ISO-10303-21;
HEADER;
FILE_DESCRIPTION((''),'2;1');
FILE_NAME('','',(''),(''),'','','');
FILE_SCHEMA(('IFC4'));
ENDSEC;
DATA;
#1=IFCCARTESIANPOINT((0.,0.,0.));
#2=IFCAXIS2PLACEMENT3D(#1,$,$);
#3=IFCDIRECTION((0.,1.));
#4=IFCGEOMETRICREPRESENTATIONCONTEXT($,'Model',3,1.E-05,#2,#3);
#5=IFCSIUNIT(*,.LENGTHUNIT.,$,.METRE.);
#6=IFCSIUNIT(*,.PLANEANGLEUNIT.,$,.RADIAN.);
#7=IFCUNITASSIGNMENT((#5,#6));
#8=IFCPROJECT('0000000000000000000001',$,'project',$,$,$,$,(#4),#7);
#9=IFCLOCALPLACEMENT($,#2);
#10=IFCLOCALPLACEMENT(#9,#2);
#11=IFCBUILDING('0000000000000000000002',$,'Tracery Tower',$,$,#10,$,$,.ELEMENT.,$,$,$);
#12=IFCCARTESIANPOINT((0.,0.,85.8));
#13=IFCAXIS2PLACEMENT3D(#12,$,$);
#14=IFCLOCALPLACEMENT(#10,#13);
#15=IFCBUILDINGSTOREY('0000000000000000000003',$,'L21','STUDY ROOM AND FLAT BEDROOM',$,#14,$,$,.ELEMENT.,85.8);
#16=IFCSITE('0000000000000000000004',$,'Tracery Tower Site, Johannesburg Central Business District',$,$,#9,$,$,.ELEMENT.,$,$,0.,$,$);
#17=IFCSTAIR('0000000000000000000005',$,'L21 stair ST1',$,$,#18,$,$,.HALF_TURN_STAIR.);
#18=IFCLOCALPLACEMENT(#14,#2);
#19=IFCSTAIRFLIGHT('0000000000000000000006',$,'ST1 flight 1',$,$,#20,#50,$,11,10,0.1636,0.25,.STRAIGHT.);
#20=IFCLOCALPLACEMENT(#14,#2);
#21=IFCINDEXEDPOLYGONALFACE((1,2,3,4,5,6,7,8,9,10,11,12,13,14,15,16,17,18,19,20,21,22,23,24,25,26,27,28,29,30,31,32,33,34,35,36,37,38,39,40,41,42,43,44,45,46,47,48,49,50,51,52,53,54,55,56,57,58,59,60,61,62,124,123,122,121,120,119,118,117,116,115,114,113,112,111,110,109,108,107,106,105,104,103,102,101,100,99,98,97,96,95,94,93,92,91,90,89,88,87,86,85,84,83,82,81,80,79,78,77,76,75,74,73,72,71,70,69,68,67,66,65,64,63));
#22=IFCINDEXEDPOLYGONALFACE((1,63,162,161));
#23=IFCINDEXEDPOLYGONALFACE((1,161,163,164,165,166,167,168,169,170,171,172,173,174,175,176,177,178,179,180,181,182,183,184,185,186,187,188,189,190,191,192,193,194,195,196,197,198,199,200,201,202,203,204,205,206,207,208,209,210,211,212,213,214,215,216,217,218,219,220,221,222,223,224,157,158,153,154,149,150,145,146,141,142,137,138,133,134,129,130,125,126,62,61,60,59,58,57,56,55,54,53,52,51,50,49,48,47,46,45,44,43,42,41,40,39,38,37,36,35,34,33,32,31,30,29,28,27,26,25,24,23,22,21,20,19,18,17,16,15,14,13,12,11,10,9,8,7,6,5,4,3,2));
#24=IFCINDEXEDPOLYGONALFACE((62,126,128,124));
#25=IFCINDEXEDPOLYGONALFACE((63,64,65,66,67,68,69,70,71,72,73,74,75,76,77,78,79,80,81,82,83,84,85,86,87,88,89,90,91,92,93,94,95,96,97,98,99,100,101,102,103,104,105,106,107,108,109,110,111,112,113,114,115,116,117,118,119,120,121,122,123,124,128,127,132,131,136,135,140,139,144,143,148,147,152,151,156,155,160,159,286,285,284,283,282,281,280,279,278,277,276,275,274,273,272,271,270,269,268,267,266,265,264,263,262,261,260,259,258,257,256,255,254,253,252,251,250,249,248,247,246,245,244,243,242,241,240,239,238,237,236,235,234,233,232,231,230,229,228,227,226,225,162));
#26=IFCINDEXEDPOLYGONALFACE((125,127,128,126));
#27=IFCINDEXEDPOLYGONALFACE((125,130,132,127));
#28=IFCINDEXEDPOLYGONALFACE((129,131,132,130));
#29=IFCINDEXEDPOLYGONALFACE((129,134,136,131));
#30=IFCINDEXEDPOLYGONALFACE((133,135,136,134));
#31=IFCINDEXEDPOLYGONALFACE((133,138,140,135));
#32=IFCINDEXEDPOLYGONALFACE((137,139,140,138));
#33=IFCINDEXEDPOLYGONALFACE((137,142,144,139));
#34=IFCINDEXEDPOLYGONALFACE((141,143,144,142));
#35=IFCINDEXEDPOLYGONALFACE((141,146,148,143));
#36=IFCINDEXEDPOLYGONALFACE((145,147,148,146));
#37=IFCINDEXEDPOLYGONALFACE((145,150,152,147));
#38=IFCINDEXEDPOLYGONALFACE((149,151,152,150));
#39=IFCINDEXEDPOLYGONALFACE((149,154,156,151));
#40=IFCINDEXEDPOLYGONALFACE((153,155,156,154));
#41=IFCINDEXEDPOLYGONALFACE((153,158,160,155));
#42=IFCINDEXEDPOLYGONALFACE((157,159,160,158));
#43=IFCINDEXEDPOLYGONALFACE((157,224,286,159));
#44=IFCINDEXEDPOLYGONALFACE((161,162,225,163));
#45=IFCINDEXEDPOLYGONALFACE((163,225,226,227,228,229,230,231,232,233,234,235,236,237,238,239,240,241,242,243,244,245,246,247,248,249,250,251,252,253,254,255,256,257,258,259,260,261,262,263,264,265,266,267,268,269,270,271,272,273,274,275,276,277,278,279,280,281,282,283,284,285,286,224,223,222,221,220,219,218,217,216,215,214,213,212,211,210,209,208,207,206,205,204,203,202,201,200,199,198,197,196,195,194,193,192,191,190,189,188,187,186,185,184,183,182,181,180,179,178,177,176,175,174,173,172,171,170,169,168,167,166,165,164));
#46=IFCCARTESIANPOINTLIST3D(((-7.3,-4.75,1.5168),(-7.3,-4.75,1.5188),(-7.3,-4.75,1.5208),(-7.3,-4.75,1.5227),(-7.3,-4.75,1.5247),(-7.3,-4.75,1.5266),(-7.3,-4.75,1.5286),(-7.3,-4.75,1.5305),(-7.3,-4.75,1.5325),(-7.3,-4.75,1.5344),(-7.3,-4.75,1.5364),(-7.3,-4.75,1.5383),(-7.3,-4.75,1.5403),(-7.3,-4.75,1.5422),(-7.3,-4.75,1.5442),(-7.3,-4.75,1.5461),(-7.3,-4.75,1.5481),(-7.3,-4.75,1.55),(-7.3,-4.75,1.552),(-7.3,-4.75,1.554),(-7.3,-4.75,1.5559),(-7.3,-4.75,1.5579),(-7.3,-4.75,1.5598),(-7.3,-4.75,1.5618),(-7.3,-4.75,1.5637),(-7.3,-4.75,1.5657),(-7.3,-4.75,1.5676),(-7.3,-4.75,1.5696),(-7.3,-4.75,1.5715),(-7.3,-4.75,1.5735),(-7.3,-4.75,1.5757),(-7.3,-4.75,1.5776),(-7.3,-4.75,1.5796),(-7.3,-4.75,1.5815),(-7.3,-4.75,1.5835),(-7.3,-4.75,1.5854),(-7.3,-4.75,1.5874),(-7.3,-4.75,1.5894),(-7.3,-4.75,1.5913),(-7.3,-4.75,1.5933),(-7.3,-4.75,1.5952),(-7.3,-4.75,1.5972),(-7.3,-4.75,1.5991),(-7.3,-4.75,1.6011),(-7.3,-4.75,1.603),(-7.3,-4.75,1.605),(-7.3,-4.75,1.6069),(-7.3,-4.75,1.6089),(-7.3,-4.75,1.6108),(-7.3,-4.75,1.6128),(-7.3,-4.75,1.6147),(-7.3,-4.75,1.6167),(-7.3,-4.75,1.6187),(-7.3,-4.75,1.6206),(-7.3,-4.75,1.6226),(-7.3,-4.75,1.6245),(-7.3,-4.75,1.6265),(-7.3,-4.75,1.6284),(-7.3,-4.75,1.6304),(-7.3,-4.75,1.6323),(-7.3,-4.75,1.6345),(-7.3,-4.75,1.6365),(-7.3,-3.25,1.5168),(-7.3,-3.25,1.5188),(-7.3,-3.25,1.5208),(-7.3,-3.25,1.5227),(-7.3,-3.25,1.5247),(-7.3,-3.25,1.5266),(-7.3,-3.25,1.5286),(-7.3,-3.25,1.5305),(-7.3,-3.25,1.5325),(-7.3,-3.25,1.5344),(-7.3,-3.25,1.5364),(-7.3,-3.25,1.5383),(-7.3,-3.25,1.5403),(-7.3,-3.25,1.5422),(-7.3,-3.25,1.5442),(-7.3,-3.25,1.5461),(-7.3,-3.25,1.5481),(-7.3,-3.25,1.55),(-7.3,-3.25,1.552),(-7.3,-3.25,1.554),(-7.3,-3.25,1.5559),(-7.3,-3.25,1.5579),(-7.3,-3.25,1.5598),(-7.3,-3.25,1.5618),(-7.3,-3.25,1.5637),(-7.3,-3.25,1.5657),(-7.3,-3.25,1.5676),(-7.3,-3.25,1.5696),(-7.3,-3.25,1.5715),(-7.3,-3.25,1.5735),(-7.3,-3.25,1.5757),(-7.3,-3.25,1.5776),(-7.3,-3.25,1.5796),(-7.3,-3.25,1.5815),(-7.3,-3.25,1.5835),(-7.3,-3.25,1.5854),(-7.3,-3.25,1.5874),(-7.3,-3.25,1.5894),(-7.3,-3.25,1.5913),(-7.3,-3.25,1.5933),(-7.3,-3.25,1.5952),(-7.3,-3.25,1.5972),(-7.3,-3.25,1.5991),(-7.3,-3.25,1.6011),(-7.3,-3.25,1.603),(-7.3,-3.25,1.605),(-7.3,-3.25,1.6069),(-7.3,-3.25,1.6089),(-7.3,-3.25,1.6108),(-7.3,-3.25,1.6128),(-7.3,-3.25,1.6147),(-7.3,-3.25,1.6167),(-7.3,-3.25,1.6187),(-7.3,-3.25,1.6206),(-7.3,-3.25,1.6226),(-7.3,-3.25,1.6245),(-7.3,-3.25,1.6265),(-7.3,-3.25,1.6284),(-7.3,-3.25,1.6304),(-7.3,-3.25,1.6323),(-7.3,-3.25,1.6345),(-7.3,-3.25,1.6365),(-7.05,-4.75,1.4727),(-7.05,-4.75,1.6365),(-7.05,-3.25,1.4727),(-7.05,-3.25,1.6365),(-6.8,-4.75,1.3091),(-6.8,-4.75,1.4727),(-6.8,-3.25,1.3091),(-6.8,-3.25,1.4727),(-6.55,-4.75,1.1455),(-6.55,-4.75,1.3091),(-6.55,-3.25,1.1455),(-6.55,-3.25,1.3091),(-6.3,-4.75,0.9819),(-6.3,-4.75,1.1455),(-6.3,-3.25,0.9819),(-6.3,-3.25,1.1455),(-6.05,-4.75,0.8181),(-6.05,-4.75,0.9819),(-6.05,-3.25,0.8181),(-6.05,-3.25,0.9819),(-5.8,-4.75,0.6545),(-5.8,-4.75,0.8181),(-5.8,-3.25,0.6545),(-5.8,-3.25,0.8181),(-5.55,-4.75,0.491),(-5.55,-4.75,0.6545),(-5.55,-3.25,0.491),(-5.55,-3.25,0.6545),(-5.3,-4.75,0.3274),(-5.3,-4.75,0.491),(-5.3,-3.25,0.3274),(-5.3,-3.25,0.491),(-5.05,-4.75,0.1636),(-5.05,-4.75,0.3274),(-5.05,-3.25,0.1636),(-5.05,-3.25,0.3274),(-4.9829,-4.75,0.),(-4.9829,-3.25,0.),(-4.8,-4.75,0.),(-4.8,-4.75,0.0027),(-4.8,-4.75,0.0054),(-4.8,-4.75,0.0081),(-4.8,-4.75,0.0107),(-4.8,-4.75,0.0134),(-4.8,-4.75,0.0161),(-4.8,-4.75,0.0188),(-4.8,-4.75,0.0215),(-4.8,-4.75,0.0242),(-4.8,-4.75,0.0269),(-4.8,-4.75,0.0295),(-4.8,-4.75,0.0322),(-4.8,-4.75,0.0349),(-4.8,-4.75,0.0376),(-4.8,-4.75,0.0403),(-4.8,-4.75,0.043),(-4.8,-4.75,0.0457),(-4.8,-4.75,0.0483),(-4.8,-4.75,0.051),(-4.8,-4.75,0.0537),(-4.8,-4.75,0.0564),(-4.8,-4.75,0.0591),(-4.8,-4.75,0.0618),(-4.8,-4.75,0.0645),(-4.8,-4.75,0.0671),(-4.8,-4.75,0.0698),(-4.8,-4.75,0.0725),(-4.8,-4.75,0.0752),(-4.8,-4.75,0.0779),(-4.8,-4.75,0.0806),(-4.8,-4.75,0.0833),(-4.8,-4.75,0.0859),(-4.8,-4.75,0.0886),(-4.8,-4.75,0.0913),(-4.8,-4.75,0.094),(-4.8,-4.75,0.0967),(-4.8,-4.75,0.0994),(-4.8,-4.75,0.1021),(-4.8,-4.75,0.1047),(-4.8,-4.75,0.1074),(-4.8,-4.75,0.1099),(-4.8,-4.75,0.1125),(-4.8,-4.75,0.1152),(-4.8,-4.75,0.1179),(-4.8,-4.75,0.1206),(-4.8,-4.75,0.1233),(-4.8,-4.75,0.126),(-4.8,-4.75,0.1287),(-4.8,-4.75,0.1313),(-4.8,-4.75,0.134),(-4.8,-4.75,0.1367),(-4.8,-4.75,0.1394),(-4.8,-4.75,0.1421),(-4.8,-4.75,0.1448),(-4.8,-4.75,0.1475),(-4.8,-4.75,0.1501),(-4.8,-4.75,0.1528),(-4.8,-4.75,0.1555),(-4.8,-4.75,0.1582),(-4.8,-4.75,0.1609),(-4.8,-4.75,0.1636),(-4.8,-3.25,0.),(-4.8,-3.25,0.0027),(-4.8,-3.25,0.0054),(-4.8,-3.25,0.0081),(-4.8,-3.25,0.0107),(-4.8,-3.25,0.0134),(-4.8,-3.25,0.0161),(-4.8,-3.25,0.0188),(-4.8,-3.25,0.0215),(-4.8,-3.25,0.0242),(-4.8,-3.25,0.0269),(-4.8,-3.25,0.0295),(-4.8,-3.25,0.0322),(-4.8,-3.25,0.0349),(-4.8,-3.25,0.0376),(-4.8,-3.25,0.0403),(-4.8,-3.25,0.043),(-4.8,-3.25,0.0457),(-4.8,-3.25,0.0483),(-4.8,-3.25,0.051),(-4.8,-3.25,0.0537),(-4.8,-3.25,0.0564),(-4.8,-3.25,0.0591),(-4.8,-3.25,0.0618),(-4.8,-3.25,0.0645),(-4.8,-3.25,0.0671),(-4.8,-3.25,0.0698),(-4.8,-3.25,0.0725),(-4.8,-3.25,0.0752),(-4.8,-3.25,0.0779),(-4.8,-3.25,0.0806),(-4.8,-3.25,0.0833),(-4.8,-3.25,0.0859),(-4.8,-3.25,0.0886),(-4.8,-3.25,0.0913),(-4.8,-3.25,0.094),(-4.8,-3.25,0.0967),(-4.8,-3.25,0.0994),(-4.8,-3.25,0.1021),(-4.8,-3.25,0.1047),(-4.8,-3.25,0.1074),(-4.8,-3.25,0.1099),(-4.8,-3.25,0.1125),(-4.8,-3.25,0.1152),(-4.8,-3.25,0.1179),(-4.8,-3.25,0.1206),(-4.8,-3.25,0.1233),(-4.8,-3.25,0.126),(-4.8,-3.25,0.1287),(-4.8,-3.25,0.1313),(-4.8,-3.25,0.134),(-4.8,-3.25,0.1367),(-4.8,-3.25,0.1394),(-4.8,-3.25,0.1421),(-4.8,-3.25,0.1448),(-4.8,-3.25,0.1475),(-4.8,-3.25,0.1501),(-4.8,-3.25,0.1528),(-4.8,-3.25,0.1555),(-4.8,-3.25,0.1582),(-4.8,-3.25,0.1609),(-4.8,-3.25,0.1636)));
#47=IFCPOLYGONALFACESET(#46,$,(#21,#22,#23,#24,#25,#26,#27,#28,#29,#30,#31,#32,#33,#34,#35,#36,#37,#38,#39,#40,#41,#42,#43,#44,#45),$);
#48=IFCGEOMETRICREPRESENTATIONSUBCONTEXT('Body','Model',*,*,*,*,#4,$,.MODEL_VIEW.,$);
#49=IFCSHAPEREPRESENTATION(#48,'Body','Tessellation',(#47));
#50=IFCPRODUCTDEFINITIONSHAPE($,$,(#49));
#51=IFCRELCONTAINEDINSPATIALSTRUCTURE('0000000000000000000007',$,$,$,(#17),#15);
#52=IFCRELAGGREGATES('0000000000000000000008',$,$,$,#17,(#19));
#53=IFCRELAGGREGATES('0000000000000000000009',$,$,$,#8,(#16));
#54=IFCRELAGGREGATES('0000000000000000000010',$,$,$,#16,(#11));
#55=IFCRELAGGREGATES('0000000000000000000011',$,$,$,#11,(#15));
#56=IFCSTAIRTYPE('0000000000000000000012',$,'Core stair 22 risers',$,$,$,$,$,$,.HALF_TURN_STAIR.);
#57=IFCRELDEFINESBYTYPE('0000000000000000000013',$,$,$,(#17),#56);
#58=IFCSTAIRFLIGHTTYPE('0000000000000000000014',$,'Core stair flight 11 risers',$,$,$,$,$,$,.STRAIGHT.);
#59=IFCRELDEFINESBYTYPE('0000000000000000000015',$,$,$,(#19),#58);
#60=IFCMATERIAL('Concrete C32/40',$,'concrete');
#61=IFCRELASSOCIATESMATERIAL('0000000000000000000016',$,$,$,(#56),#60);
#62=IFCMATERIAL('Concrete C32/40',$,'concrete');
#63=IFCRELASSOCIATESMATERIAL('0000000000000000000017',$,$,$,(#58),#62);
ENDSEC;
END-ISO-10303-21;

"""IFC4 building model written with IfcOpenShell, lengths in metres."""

from ifc_helpers import new_model, si_unit, direction, frame, origin, place, context, subcontext, project, spatial, polyline, outline, extrude, material, type_object, element, aggregate, save


model = new_model("IFC4")

# Units and contexts
model_context = context("Model", 3, precision=1e-05, world=origin(), true_north=direction((0.0, 1.0)))
body_context = subcontext(model_context, "Body", "Model", "MODEL_VIEW")
ifc_project = project(units=[si_unit("LENGTHUNIT", "METRE"), si_unit("PLANEANGLEUNIT", "RADIAN")], contexts=[model_context])

# Site, building, storey
site_placement = place(None, origin())
site = spatial("IfcSite", under=ifc_project, at=site_placement, Name="Tracery Tower Site, Johannesburg Central Business District", CompositionType="ELEMENT", RefElevation=0.0)
building_placement = place(site_placement, origin())
building = spatial("IfcBuilding", under=site, at=building_placement, Name="Tracery Tower", CompositionType="ELEMENT")
storey_placement = place(building_placement, frame((0.0, 0.0, 85.8)))
storey = spatial("IfcBuildingStorey", under=building, at=storey_placement, Name="L21", Description="STUDY ROOM AND FLAT BEDROOM", CompositionType="ELEMENT", Elevation=85.8)

# Stair, stair flight
ifc_material_1 = material(Name="Concrete C32/40", Category="concrete")
stair_type = type_object("IfcStairType", Name="Core stair 22 risers", PredefinedType="HALF_TURN_STAIR", material=ifc_material_1)
stair_placement = place(storey_placement, origin())
stair = element("IfcStair", 1, at=stair_placement, inside=storey, type_object=stair_type, Name="L21 stair ST1", PredefinedType="HALF_TURN_STAIR")
ifc_material_2 = material(Name="Concrete C32/40", Category="concrete")
stair_flight_type = type_object("IfcStairFlightType", Name="Core stair flight 11 risers", PredefinedType="STRAIGHT", material=ifc_material_2)
stair_flight_1_placement = place(storey_placement, frame((-4.8, -4.0, 0.0), z_axis=(0.0, 0.0, 1.0), x_axis=(-1.0, 0.0, 0.0)))
stair_flight_1 = element("IfcStairFlight", 2, at=stair_flight_1_placement, type_object=stair_flight_type, Name="ST1 flight 1", NumberOfRisers=11, NumberOfTreads=10, PredefinedType="STRAIGHT", RiserHeight=0.1636, TreadLength=0.25, context=body_context, shape_type="SweptSolid", body=[
    extrude(outline(polyline([(0.0, 0.0), (0.0, 0.0027), (0.0, 0.0054), (0.0, 0.0081), (0.0, 0.0107), (0.0, 0.0134), (0.0, 0.0161), (0.0, 0.0188), (0.0, 0.0215), (0.0, 0.0242), (0.0, 0.0269), (0.0, 0.0295), (0.0, 0.0322), (0.0, 0.0349), (0.0, 0.0376), (0.0, 0.0403), (0.0, 0.043), (0.0, 0.0457), (0.0, 0.0483), (0.0, 0.051), (0.0, 0.0537), (0.0, 0.0564), (0.0, 0.0591), (0.0, 0.0618), (0.0, 0.0645), (0.0, 0.0671), (0.0, 0.0698), (0.0, 0.0725), (0.0, 0.0752), (0.0, 0.0779), (0.0, 0.0806), (0.0, 0.0833), (0.0, 0.0859), (0.0, 0.0886), (0.0, 0.0913), (0.0, 0.094), (0.0, 0.0967), (0.0, 0.0994), (0.0, 0.1021), (0.0, 0.1047), (0.0, 0.1074), (0.0, 0.1099), (0.0, 0.1125), (0.0, 0.1152), (0.0, 0.1179), (0.0, 0.1206), (0.0, 0.1233), (0.0, 0.126), (0.0, 0.1287), (0.0, 0.1313), (0.0, 0.134), (0.0, 0.1367), (0.0, 0.1394), (0.0, 0.1421), (0.0, 0.1448), (0.0, 0.1475), (0.0, 0.1501), (0.0, 0.1528), (0.0, 0.1555), (0.0, 0.1582), (0.0, 0.1609), (0.0, 0.1636), (0.25, 0.1636), (0.25, 0.3274), (0.5, 0.3274), (0.5, 0.491), (0.75, 0.491), (0.75, 0.6545), (1.0, 0.6545), (1.0, 0.8181), (1.25, 0.8181), (1.25, 0.9819), (1.5, 0.9819), (1.5, 1.1455), (1.75, 1.1455), (1.75, 1.3091), (2.0, 1.3091), (2.0, 1.4727), (2.25, 1.4727), (2.25, 1.6365), (2.5, 1.6365), (2.5, 1.6345), (2.5, 1.6323), (2.5, 1.6304), (2.5, 1.6284), (2.5, 1.6265), (2.5, 1.6245), (2.5, 1.6226), (2.5, 1.6206), (2.5, 1.6187), (2.5, 1.6167), (2.5, 1.6147), (2.5, 1.6128), (2.5, 1.6108), (2.5, 1.6089), (2.5, 1.6069), (2.5, 1.605), (2.5, 1.603), (2.5, 1.6011), (2.5, 1.5991), (2.5, 1.5972), (2.5, 1.5952), (2.5, 1.5933), (2.5, 1.5913), (2.5, 1.5894), (2.5, 1.5874), (2.5, 1.5854), (2.5, 1.5835), (2.5, 1.5815), (2.5, 1.5796), (2.5, 1.5776), (2.5, 1.5757), (2.5, 1.5735), (2.5, 1.5715), (2.5, 1.5696), (2.5, 1.5676), (2.5, 1.5657), (2.5, 1.5637), (2.5, 1.5618), (2.5, 1.5598), (2.5, 1.5579), (2.5, 1.5559), (2.5, 1.554), (2.5, 1.552), (2.5, 1.55), (2.5, 1.5481), (2.5, 1.5461), (2.5, 1.5442), (2.5, 1.5422), (2.5, 1.5403), (2.5, 1.5383), (2.5, 1.5364), (2.5, 1.5344), (2.5, 1.5325), (2.5, 1.5305), (2.5, 1.5286), (2.5, 1.5266), (2.5, 1.5247), (2.5, 1.5227), (2.5, 1.5208), (2.5, 1.5188), (2.5, 1.5168), (0.1829, 0.0), (0.0, 0.0)])), frame((0.0, 0.75, 0.0), z_axis=(0.0, -1.0, 0.0), x_axis=(1.0, 0.0, 0.0)), (0.0, 0.0, 1.0), 1.5),
])
aggregate(stair, [stair_flight_1])

save(model, "model.ifc")
